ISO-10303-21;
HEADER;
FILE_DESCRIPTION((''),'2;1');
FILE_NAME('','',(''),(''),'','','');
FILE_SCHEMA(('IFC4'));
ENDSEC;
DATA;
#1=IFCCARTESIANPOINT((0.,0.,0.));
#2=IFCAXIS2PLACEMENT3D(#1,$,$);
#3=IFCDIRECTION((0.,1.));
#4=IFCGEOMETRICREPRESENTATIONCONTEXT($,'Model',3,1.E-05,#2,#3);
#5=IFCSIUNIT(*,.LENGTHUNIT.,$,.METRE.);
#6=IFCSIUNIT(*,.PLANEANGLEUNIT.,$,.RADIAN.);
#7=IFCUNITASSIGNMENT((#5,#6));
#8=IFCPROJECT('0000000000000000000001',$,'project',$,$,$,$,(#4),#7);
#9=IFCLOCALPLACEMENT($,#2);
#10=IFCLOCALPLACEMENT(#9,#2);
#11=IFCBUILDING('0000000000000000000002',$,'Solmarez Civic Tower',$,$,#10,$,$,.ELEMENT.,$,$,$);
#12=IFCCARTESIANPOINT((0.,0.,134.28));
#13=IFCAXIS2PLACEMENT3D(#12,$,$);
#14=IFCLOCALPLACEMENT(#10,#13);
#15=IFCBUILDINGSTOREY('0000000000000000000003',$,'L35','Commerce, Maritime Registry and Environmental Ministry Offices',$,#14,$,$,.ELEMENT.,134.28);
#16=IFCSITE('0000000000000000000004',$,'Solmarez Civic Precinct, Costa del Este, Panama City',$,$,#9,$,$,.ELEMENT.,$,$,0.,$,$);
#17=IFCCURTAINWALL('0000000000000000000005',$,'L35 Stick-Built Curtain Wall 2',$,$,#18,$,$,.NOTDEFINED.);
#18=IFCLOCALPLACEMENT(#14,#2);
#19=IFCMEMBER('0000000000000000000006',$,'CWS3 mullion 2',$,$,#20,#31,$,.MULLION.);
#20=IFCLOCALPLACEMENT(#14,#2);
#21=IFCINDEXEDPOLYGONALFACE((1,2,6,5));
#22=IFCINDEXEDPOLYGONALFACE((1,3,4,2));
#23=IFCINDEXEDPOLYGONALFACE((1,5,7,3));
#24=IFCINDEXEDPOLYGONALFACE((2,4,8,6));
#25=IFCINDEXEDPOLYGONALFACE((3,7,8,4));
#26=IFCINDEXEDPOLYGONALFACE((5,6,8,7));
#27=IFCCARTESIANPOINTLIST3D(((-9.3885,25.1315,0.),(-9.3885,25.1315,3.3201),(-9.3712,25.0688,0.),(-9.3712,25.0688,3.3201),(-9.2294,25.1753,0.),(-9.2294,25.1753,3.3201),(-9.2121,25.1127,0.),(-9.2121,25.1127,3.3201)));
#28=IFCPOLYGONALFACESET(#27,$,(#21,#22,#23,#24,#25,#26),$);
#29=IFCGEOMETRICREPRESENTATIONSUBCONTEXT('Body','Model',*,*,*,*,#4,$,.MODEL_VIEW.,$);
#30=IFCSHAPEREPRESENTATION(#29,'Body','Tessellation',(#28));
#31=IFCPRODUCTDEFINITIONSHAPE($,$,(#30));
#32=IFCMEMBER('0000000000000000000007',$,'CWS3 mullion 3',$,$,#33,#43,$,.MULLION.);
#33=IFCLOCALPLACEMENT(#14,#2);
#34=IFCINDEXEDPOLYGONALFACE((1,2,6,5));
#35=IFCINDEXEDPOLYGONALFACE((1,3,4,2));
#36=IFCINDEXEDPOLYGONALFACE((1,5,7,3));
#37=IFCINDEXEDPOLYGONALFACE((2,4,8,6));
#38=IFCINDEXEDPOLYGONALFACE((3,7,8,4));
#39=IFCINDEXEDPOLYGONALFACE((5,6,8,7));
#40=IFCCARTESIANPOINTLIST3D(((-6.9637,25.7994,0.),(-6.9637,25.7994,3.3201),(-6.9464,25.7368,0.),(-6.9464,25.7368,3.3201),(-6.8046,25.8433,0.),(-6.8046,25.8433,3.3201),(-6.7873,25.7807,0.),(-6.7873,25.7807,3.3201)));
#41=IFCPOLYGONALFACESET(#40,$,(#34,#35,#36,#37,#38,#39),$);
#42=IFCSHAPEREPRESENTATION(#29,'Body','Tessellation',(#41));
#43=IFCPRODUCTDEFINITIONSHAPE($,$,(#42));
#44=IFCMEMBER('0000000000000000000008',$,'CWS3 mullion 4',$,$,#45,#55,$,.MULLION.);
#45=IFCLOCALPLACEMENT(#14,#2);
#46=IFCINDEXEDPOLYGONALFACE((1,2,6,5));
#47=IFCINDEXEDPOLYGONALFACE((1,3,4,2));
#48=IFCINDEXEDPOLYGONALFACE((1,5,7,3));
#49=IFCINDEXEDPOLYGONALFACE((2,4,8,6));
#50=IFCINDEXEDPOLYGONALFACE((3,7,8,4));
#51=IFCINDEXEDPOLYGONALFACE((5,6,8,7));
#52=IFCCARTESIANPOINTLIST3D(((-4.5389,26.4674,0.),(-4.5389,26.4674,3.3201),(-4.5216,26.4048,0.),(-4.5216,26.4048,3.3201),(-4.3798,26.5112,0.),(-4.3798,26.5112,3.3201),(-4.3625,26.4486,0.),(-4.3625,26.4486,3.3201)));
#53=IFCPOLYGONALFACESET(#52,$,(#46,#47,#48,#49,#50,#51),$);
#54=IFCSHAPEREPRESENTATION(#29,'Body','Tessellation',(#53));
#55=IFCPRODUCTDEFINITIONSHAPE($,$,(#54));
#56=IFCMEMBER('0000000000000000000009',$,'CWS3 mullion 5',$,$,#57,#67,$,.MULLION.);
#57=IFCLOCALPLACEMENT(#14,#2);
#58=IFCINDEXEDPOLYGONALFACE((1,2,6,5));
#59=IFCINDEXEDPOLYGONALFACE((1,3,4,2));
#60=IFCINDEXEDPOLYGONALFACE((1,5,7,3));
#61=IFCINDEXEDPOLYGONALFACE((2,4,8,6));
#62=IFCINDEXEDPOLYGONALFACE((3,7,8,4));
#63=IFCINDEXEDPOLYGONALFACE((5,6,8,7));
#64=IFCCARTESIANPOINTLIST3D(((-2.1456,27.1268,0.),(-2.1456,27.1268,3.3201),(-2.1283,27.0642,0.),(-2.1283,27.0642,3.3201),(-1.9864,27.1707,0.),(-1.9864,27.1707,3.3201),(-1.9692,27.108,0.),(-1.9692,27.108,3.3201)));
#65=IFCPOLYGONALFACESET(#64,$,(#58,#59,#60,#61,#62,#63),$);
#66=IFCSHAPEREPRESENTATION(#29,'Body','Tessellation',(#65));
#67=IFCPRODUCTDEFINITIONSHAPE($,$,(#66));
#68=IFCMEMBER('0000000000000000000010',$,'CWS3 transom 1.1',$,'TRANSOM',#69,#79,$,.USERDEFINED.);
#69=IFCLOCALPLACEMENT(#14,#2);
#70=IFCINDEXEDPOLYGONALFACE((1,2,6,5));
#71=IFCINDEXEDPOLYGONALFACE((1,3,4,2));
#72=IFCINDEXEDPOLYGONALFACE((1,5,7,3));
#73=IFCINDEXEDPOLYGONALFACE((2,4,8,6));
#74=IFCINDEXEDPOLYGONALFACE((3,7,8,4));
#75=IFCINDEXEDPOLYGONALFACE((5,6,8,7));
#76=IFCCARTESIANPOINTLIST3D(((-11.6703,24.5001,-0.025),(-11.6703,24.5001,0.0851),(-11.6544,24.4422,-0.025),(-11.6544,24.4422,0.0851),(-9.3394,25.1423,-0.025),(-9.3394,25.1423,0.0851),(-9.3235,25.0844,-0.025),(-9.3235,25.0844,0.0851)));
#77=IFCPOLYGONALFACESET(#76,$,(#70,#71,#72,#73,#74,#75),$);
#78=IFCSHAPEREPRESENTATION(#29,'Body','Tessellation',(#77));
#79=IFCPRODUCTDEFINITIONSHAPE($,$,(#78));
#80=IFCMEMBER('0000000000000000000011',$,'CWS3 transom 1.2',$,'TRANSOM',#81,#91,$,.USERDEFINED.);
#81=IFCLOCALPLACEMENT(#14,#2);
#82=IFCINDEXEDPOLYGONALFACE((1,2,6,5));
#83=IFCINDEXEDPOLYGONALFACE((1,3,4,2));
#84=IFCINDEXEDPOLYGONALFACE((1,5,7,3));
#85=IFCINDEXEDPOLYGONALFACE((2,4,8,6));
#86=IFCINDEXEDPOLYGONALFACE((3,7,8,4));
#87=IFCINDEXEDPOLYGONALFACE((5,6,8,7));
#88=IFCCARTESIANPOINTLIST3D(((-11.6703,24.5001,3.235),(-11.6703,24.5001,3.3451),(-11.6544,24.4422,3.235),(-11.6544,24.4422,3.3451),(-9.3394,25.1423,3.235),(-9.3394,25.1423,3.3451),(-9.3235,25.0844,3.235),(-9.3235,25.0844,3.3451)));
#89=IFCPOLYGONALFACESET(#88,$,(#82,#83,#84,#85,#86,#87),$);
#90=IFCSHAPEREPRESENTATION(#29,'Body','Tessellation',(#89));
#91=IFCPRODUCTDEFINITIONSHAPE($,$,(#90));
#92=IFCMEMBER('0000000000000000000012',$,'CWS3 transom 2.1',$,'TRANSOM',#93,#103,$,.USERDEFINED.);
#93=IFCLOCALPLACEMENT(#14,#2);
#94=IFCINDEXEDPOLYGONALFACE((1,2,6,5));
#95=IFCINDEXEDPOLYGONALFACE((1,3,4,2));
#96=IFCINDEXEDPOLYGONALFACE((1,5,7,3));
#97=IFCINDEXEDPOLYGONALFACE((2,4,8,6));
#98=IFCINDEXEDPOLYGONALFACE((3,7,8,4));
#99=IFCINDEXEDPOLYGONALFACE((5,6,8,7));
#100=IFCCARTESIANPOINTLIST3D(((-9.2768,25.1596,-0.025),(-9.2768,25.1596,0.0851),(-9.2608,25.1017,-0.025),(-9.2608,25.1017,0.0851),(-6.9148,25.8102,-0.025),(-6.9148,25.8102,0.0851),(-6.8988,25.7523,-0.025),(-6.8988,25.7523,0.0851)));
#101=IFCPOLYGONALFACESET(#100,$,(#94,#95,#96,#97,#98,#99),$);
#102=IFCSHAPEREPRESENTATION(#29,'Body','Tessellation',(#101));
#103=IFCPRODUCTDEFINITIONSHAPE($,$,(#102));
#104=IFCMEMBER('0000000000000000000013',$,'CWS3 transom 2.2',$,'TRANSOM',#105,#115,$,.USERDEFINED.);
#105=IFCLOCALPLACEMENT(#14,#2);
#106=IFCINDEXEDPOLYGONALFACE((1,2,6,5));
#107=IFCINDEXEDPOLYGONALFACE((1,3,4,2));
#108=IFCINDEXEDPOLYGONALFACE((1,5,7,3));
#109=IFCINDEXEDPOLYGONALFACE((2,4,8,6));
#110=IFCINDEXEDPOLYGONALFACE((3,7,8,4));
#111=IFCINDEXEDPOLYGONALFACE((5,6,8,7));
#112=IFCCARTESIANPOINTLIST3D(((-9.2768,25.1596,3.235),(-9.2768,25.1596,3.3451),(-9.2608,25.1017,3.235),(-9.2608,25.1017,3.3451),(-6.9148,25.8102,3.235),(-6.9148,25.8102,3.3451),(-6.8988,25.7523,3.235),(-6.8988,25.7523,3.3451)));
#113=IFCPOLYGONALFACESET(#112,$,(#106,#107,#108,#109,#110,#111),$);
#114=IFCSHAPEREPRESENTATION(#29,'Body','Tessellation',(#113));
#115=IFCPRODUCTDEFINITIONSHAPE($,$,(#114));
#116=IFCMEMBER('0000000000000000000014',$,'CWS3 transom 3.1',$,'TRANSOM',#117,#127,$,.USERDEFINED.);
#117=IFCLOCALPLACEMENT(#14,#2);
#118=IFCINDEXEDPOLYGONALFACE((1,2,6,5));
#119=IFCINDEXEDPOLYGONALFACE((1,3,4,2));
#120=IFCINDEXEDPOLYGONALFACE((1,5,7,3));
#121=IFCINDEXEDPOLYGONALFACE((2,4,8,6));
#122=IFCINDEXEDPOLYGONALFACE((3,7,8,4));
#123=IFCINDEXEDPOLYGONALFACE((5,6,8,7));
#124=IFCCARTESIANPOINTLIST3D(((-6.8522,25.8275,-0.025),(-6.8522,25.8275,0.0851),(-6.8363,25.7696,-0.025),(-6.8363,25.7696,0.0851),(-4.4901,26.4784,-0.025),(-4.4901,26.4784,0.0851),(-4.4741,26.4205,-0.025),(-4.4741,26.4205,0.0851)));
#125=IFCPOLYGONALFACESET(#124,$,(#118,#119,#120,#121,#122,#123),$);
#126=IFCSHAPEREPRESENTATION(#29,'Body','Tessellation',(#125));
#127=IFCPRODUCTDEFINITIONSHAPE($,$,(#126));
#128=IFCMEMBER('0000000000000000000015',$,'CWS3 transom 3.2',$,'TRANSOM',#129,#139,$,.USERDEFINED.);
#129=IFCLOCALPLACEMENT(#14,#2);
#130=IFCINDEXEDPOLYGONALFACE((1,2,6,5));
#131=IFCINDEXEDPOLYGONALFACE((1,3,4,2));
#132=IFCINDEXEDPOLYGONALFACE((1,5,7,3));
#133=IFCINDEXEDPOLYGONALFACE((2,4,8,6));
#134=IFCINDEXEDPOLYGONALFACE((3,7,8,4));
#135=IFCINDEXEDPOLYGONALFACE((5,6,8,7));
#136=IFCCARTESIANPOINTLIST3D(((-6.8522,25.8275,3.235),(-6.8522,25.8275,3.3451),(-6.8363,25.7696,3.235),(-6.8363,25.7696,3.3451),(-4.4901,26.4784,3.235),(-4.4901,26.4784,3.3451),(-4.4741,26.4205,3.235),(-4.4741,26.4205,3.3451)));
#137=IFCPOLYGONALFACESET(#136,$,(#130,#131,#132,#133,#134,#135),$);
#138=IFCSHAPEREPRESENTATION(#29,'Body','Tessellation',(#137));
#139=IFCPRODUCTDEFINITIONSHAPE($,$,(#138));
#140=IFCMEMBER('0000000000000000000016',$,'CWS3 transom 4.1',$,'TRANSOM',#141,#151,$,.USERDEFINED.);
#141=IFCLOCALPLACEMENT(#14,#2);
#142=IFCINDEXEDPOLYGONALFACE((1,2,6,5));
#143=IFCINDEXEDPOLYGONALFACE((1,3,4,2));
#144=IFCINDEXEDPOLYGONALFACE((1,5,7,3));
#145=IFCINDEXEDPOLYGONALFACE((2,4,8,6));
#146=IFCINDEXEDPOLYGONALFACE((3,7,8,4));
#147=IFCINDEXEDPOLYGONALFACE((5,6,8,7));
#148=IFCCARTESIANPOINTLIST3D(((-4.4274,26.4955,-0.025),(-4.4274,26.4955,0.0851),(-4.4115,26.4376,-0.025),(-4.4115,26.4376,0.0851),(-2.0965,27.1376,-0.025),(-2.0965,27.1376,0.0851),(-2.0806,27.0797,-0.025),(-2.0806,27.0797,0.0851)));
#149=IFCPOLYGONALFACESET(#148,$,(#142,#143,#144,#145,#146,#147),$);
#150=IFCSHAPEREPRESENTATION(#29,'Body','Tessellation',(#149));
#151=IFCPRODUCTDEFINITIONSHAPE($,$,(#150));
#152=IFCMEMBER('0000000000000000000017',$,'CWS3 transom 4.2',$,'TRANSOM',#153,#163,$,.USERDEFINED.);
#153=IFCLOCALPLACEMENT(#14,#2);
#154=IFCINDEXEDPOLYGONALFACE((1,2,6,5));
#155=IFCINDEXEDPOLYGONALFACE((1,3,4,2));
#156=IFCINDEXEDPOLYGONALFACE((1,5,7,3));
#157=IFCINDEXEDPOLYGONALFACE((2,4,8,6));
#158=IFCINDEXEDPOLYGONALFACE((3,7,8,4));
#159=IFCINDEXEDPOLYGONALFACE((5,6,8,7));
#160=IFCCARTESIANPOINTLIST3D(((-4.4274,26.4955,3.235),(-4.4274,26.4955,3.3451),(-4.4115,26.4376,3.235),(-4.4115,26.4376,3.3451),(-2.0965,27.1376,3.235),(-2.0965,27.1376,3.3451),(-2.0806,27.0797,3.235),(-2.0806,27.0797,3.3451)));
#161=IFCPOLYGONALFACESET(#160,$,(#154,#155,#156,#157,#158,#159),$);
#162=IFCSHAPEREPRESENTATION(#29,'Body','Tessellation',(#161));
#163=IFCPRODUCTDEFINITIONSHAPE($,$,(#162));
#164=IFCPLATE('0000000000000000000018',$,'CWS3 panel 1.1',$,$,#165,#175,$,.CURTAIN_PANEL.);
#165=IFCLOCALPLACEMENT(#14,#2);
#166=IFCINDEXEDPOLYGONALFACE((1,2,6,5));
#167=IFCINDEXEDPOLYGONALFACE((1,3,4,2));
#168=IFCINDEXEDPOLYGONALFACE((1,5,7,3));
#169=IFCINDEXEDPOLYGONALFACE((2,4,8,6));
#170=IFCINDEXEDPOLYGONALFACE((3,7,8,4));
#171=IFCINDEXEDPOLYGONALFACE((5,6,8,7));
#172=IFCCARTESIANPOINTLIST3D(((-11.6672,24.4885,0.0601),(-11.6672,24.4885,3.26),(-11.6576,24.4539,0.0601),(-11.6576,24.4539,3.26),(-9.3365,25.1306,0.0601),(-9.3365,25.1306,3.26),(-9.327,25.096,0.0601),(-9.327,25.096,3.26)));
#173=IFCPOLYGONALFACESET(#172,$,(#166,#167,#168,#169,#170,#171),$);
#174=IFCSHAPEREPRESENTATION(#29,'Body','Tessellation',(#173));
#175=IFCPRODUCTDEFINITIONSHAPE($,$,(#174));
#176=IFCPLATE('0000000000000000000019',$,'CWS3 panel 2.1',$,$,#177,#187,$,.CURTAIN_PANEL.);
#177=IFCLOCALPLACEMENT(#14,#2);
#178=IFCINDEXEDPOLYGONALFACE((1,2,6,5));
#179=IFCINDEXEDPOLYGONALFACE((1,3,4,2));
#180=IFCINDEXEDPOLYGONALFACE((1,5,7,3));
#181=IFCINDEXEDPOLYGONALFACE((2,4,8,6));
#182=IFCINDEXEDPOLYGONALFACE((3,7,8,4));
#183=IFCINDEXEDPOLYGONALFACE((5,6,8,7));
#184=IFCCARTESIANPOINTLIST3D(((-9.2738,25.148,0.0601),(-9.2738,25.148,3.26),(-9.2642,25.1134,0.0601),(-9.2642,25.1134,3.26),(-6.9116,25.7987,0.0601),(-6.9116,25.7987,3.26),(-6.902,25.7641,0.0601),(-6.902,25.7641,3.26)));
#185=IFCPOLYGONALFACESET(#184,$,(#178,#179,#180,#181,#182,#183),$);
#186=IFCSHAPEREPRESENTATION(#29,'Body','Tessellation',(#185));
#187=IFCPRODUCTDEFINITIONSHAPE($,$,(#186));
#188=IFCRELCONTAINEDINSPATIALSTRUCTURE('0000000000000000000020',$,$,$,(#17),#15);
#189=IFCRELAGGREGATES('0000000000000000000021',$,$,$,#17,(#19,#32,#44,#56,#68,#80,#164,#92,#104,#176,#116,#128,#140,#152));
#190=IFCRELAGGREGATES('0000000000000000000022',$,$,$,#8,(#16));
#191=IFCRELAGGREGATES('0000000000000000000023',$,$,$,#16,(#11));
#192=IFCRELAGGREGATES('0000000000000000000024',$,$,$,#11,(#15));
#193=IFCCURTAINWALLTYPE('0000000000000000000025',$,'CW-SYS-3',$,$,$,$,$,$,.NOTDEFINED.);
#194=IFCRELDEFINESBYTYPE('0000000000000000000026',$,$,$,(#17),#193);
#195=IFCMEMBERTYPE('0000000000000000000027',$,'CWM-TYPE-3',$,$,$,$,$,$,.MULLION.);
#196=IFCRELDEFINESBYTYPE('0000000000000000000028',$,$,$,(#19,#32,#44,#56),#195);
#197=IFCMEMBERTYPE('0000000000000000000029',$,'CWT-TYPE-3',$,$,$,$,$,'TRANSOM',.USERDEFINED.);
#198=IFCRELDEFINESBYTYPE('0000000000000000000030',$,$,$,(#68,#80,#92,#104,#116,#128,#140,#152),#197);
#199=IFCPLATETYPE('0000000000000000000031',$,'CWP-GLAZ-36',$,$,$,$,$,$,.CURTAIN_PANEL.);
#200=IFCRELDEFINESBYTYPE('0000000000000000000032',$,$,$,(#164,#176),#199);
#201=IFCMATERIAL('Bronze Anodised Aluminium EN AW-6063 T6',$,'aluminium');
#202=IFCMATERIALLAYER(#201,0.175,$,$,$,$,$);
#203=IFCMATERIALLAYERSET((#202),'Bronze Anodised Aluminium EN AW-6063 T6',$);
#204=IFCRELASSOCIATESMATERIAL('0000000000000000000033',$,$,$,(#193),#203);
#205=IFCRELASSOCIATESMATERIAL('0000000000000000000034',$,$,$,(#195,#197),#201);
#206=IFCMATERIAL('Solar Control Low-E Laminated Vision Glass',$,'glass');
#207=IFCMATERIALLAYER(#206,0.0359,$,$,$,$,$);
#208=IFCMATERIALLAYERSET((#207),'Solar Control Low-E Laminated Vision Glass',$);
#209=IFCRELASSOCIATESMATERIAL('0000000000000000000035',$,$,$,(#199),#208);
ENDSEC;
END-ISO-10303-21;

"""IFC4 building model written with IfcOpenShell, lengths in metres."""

from ifc_helpers import new_model, si_unit, direction, frame, origin, origin_2d, place, context, subcontext, project, spatial, rectangle, extrude, material, layer, layer_set, material_profile, profile_set, type_object, element, aggregate, save


model = new_model("IFC4")

# Units and contexts
model_context = context("Model", 3, precision=1e-05, world=origin(), true_north=direction((0.0, 1.0)))
body_context = subcontext(model_context, "Body", "Model", "MODEL_VIEW")
ifc_project = project(units=[si_unit("LENGTHUNIT", "METRE"), si_unit("PLANEANGLEUNIT", "RADIAN")], contexts=[model_context])

# Site, building, storey
site_placement = place(None, origin())
site = spatial("IfcSite", under=ifc_project, at=site_placement, Name="Solmarez Civic Precinct, Costa del Este, Panama City", CompositionType="ELEMENT", RefElevation=0.0)
building_placement = place(site_placement, origin())
building = spatial("IfcBuilding", under=site, at=building_placement, Name="Solmarez Civic Tower", CompositionType="ELEMENT")
storey_placement = place(building_placement, frame((0.0, 0.0, 134.28)))
storey = spatial("IfcBuildingStorey", under=building, at=storey_placement, Name="L35", Description="Commerce, Maritime Registry and Environmental Ministry Offices", CompositionType="ELEMENT", Elevation=134.28)

# Curtain wall, members, plates
ifc_material_1 = material(Name="Bronze Anodised Aluminium EN AW-6063 T6", Category="aluminium")
ifc_layer_1 = layer(ifc_material_1, 0.175)
ifc_layer_set_1 = layer_set([ifc_layer_1], Name="Bronze Anodised Aluminium EN AW-6063 T6")
curtain_wall_type = type_object("IfcCurtainWallType", Name="CW-SYS-3", PredefinedType="NOTDEFINED", material=ifc_layer_set_1)
curtain_wall_placement = place(storey_placement, origin())
curtain_wall = element("IfcCurtainWall", 1, at=curtain_wall_placement, inside=storey, type_object=curtain_wall_type, Name="L35 Stick-Built Curtain Wall 2", PredefinedType="NOTDEFINED")
ifc_material_profile_1 = material_profile(ifc_material_1, rectangle(XDim=0.0649, YDim=0.165, at=origin_2d()), Name="CWM-65X165")
ifc_profile_set_1 = profile_set([ifc_material_profile_1], Name="Bronze Anodised Aluminium EN AW-6063 T6")
member_type_1 = type_object("IfcMemberType", Name="CWM-TYPE-3", PredefinedType="MULLION", material=ifc_profile_set_1)
member_1_placement = place(storey_placement, frame((-9.3003, 25.1221, 0.0), z_axis=(0.0, 0.0, 1.0), x_axis=(-0.265598, 0.964084, 0.0)))
member_1 = element("IfcMember", 2, at=member_1_placement, type_object=member_type_1, Name="CWS3 mullion 2", PredefinedType="MULLION", context=body_context, shape_type="SweptSolid", body=[
    extrude(rectangle(XDim=0.0649, YDim=0.165, at=origin_2d()), origin(), (0.0, 0.0, 1.0), 3.3201),
])
member_2_placement = place(storey_placement, frame((-6.8755, 25.79, 0.0), z_axis=(0.0, 0.0, 1.0), x_axis=(-0.265598, 0.964084, 0.0)))
member_2 = element("IfcMember", 3, at=member_2_placement, type_object=member_type_1, Name="CWS3 mullion 3", PredefinedType="MULLION", context=body_context, shape_type="SweptSolid", body=[
    extrude(rectangle(XDim=0.0649, YDim=0.165, at=origin_2d()), origin(), (0.0, 0.0, 1.0), 3.3201),
])
member_3_placement = place(storey_placement, frame((-4.4507, 26.458, 0.0), z_axis=(0.0, 0.0, 1.0), x_axis=(-0.265598, 0.964084, 0.0)))
member_3 = element("IfcMember", 4, at=member_3_placement, type_object=member_type_1, Name="CWS3 mullion 4", PredefinedType="MULLION", context=body_context, shape_type="SweptSolid", body=[
    extrude(rectangle(XDim=0.0649, YDim=0.165, at=origin_2d()), origin(), (0.0, 0.0, 1.0), 3.3201),
])
member_4_placement = place(storey_placement, frame((-2.0574, 27.1174, 0.0), z_axis=(0.0, 0.0, 1.0), x_axis=(-0.265598, 0.964084, 0.0)))
member_4 = element("IfcMember", 5, at=member_4_placement, type_object=member_type_1, Name="CWS3 mullion 5", PredefinedType="MULLION", context=body_context, shape_type="SweptSolid", body=[
    extrude(rectangle(XDim=0.0649, YDim=0.165, at=origin_2d()), origin(), (0.0, 0.0, 1.0), 3.3201),
])
ifc_material_profile_2 = material_profile(ifc_material_1, rectangle(XDim=0.0601, YDim=0.1101, at=origin_2d()), Name="CWT-60X110")
ifc_profile_set_2 = profile_set([ifc_material_profile_2], Name="Bronze Anodised Aluminium EN AW-6063 T6")
member_type_2 = type_object("IfcMemberType", Name="CWT-TYPE-3", ElementType="TRANSOM", PredefinedType="USERDEFINED", material=ifc_profile_set_2)
member_5_placement = place(storey_placement, frame((-11.6624, 24.4712, 0.03), z_axis=(0.964087, 0.265586, 0.0), x_axis=(-0.265586, 0.964087, 0.0)))
member_5 = element("IfcMember", 6, at=member_5_placement, type_object=member_type_2, Name="CWS3 transom 1.1", ObjectType="TRANSOM", PredefinedType="USERDEFINED", context=body_context, shape_type="SweptSolid", body=[
    extrude(rectangle(XDim=0.0601, YDim=0.1101, at=origin_2d()), origin(), (0.0, 0.0, 1.0), 2.4177),
])
member_6_placement = place(storey_placement, frame((-11.6624, 24.4712, 3.29), z_axis=(0.964087, 0.265586, 0.0), x_axis=(-0.265586, 0.964087, 0.0)))
member_6 = element("IfcMember", 7, at=member_6_placement, type_object=member_type_2, Name="CWS3 transom 1.2", ObjectType="TRANSOM", PredefinedType="USERDEFINED", context=body_context, shape_type="SweptSolid", body=[
    extrude(rectangle(XDim=0.0601, YDim=0.1101, at=origin_2d()), origin(), (0.0, 0.0, 1.0), 2.4177),
])
member_7_placement = place(storey_placement, frame((-9.2688, 25.1306, 0.03), z_axis=(0.964094, 0.265562, 0.0), x_axis=(-0.265562, 0.964094, 0.0)))
member_7 = element("IfcMember", 8, at=member_7_placement, type_object=member_type_2, Name="CWS3 transom 2.1", ObjectType="TRANSOM", PredefinedType="USERDEFINED", context=body_context, shape_type="SweptSolid", body=[
    extrude(rectangle(XDim=0.0601, YDim=0.1101, at=origin_2d()), origin(), (0.0, 0.0, 1.0), 2.45),
])
member_8_placement = place(storey_placement, frame((-9.2688, 25.1306, 3.29), z_axis=(0.964094, 0.265562, 0.0), x_axis=(-0.265562, 0.964094, 0.0)))
member_8 = element("IfcMember", 9, at=member_8_placement, type_object=member_type_2, Name="CWS3 transom 2.2", ObjectType="TRANSOM", PredefinedType="USERDEFINED", context=body_context, shape_type="SweptSolid", body=[
    extrude(rectangle(XDim=0.0601, YDim=0.1101, at=origin_2d()), origin(), (0.0, 0.0, 1.0), 2.45),
])
member_9_placement = place(storey_placement, frame((-6.8442, 25.7986, 0.03), z_axis=(0.964068, 0.265654, 0.0), x_axis=(-0.265654, 0.964068, 0.0)))
member_9 = element("IfcMember", 10, at=member_9_placement, type_object=member_type_2, Name="CWS3 transom 3.1", ObjectType="TRANSOM", PredefinedType="USERDEFINED", context=body_context, shape_type="SweptSolid", body=[
    extrude(rectangle(XDim=0.0601, YDim=0.1101, at=origin_2d()), origin(), (0.0, 0.0, 1.0), 2.4502),
])
member_10_placement = place(storey_placement, frame((-6.8442, 25.7986, 3.29), z_axis=(0.964068, 0.265654, 0.0), x_axis=(-0.265654, 0.964068, 0.0)))
member_10 = element("IfcMember", 11, at=member_10_placement, type_object=member_type_2, Name="CWS3 transom 3.2", ObjectType="TRANSOM", PredefinedType="USERDEFINED", context=body_context, shape_type="SweptSolid", body=[
    extrude(rectangle(XDim=0.0601, YDim=0.1101, at=origin_2d()), origin(), (0.0, 0.0, 1.0), 2.4502),
])
member_11_placement = place(storey_placement, frame((-4.4194, 26.4666, 0.03), z_axis=(0.964087, 0.265586, 0.0), x_axis=(-0.265586, 0.964087, 0.0)))
member_11 = element("IfcMember", 12, at=member_11_placement, type_object=member_type_2, Name="CWS3 transom 4.1", ObjectType="TRANSOM", PredefinedType="USERDEFINED", context=body_context, shape_type="SweptSolid", body=[
    extrude(rectangle(XDim=0.0601, YDim=0.1101, at=origin_2d()), origin(), (0.0, 0.0, 1.0), 2.4177),
])
member_12_placement = place(storey_placement, frame((-4.4194, 26.4666, 3.29), z_axis=(0.964087, 0.265586, 0.0), x_axis=(-0.265586, 0.964087, 0.0)))
member_12 = element("IfcMember", 13, at=member_12_placement, type_object=member_type_2, Name="CWS3 transom 4.2", ObjectType="TRANSOM", PredefinedType="USERDEFINED", context=body_context, shape_type="SweptSolid", body=[
    extrude(rectangle(XDim=0.0601, YDim=0.1101, at=origin_2d()), origin(), (0.0, 0.0, 1.0), 2.4177),
])
ifc_material_2 = material(Name="Solar Control Low-E Laminated Vision Glass", Category="glass")
ifc_layer_2 = layer(ifc_material_2, 0.0359)
ifc_layer_set_2 = layer_set([ifc_layer_2], Name="Solar Control Low-E Laminated Vision Glass")
plate_type = type_object("IfcPlateType", Name="CWP-GLAZ-36", PredefinedType="CURTAIN_PANEL", material=ifc_layer_set_2)
plate_1_placement = place(storey_placement, frame((-10.4971, 24.7922, 0.0601), z_axis=(0.0, 0.0, 1.0), x_axis=(0.964084, 0.265598, 0.0)))
plate_1 = element("IfcPlate", 14, at=plate_1_placement, type_object=plate_type, Name="CWS3 panel 1.1", PredefinedType="CURTAIN_PANEL", context=body_context, shape_type="SweptSolid", body=[
    extrude(rectangle(XDim=2.4175, YDim=0.0359, at=origin_2d()), origin(), (0.0, 0.0, 1.0), 3.2),
])
plate_2_placement = place(storey_placement, frame((-8.0879, 25.4561, 0.0601), z_axis=(0.0, 0.0, 1.0), x_axis=(0.964084, 0.265598, 0.0)))
plate_2 = element("IfcPlate", 15, at=plate_2_placement, type_object=plate_type, Name="CWS3 panel 2.1", PredefinedType="CURTAIN_PANEL", context=body_context, shape_type="SweptSolid", body=[
    extrude(rectangle(XDim=2.4502, YDim=0.0359, at=origin_2d()), origin(), (0.0, 0.0, 1.0), 3.2),
])
aggregate(curtain_wall, [member_1, member_2, member_3, member_4, member_5, member_6, plate_1, member_7, member_8, plate_2, member_9, member_10, member_11, member_12])

save(model, "model.ifc")
